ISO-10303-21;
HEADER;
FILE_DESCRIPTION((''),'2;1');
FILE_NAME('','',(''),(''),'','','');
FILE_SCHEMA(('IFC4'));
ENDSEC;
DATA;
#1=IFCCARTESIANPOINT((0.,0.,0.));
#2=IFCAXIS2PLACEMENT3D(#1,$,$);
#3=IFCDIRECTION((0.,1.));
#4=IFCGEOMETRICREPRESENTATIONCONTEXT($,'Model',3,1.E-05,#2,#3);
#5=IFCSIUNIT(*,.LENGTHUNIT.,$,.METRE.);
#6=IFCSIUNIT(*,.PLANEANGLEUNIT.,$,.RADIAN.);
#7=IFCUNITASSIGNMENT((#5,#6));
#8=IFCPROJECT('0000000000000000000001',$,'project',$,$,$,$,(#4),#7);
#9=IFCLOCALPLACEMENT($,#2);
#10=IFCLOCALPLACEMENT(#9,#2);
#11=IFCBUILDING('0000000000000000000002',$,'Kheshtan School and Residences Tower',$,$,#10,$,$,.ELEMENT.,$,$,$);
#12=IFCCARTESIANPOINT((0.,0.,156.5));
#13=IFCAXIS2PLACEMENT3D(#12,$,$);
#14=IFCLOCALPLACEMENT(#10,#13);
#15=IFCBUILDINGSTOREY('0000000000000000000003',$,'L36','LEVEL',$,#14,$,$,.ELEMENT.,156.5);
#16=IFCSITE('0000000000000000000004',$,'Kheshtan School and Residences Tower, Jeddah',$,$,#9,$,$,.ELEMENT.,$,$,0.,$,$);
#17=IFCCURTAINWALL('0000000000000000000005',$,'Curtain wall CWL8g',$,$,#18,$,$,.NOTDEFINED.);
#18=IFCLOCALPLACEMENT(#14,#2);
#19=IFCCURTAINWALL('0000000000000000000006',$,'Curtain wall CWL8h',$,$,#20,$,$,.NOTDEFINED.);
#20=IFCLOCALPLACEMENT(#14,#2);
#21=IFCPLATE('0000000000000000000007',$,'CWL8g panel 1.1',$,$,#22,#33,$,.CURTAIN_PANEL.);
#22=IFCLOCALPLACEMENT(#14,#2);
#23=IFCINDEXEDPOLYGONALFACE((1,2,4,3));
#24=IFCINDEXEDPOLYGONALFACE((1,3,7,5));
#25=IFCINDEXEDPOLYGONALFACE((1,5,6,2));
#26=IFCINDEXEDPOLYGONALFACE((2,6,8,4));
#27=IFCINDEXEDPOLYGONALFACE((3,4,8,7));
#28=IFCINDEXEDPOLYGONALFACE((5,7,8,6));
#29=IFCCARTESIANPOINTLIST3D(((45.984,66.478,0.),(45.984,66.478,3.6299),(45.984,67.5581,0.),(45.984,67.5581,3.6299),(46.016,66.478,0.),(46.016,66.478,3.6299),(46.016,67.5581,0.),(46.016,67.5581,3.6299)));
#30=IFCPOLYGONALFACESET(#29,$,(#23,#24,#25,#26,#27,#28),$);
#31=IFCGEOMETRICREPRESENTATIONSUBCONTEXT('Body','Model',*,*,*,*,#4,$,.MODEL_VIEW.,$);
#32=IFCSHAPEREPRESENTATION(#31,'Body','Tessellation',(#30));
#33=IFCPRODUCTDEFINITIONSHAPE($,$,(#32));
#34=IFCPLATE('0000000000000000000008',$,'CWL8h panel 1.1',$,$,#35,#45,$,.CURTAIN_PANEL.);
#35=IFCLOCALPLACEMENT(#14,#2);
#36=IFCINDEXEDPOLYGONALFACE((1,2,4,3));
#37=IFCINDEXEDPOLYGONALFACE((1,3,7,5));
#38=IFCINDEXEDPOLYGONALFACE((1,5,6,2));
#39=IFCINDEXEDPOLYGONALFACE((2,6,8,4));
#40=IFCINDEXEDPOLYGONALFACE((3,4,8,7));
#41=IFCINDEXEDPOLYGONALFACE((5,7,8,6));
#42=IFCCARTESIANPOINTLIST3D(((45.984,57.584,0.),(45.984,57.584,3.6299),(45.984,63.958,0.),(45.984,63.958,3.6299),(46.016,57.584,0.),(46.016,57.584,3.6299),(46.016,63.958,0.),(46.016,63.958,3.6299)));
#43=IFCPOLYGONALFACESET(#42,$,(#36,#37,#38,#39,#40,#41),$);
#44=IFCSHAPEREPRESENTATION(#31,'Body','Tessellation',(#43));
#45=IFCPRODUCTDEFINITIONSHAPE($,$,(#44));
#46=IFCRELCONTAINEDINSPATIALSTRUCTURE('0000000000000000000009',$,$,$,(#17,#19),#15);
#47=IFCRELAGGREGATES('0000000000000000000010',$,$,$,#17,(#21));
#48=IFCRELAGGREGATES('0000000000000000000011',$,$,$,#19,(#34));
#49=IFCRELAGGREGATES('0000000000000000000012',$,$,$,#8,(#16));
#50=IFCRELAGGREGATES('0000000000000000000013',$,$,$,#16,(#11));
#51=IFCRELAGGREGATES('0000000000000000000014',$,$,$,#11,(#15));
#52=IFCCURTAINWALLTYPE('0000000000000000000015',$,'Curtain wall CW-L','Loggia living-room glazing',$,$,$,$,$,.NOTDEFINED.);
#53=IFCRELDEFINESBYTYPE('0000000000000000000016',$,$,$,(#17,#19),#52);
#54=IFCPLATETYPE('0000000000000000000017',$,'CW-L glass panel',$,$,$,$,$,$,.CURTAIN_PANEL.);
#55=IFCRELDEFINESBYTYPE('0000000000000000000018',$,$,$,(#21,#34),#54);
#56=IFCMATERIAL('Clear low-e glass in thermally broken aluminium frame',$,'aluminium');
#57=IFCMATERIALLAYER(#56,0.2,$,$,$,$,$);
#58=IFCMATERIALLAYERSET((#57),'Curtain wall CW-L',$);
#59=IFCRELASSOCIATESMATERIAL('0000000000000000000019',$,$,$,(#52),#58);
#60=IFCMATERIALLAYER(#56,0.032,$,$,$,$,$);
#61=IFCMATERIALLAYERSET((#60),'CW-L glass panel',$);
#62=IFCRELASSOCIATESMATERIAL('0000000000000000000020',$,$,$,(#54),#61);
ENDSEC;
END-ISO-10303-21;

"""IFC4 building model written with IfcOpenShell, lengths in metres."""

from ifc_helpers import new_model, si_unit, direction, frame, origin, origin_2d, place, context, subcontext, project, spatial, rectangle, extrude, material, layer, layer_set, type_object, element, aggregate, save


model = new_model("IFC4")

# Units and contexts
model_context = context("Model", 3, precision=1e-05, world=origin(), true_north=direction((0.0, 1.0)))
body_context = subcontext(model_context, "Body", "Model", "MODEL_VIEW")
ifc_project = project(units=[si_unit("LENGTHUNIT", "METRE"), si_unit("PLANEANGLEUNIT", "RADIAN")], contexts=[model_context])

# Site, building, storey
site_placement = place(None, origin())
site = spatial("IfcSite", under=ifc_project, at=site_placement, Name="Kheshtan School and Residences Tower, Jeddah", CompositionType="ELEMENT", RefElevation=0.0)
building_placement = place(site_placement, origin())
building = spatial("IfcBuilding", under=site, at=building_placement, Name="Kheshtan School and Residences Tower", CompositionType="ELEMENT")
storey_placement = place(building_placement, frame((0.0, 0.0, 156.5)))
storey = spatial("IfcBuildingStorey", under=building, at=storey_placement, Name="L36", Description="LEVEL", CompositionType="ELEMENT", Elevation=156.5)

# Curtain walls
ifc_material_1 = material(Name="Clear low-e glass in thermally broken aluminium frame", Category="aluminium")
ifc_layer_1 = layer(ifc_material_1, 0.2)
ifc_layer_set_1 = layer_set([ifc_layer_1], Name="Curtain wall CW-L")
curtain_wall_type = type_object("IfcCurtainWallType", Name="Curtain wall CW-L", Description="Loggia living-room glazing", PredefinedType="NOTDEFINED", material=ifc_layer_set_1)
curtain_wall_1_placement = place(storey_placement, origin())
curtain_wall_1 = element("IfcCurtainWall", 1, at=curtain_wall_1_placement, inside=storey, type_object=curtain_wall_type, Name="Curtain wall CWL8g", PredefinedType="NOTDEFINED")
curtain_wall_2_placement = place(storey_placement, origin())
curtain_wall_2 = element("IfcCurtainWall", 2, at=curtain_wall_2_placement, inside=storey, type_object=curtain_wall_type, Name="Curtain wall CWL8h", PredefinedType="NOTDEFINED")

# Plates
ifc_layer_2 = layer(ifc_material_1, 0.032)
ifc_layer_set_2 = layer_set([ifc_layer_2], Name="CW-L glass panel")
plate_type = type_object("IfcPlateType", Name="CW-L glass panel", PredefinedType="CURTAIN_PANEL", material=ifc_layer_set_2)
plate_1_placement = place(storey_placement, frame((46.0, 67.0181, 0.0), z_axis=(0.0, 0.0, 1.0), x_axis=(0.0, -1.0, 0.0)))
plate_1 = element("IfcPlate", 3, at=plate_1_placement, type_object=plate_type, Name="CWL8g panel 1.1", PredefinedType="CURTAIN_PANEL", context=body_context, shape_type="SweptSolid", body=[
    extrude(rectangle(XDim=1.0801, YDim=0.032, at=origin_2d()), origin(), (0.0, 0.0, 1.0), 3.6299),
])
aggregate(curtain_wall_1, [plate_1])
plate_2_placement = place(storey_placement, frame((46.0, 60.771, 0.0), z_axis=(0.0, 0.0, 1.0), x_axis=(0.0, -1.0, 0.0)))
plate_2 = element("IfcPlate", 4, at=plate_2_placement, type_object=plate_type, Name="CWL8h panel 1.1", PredefinedType="CURTAIN_PANEL", context=body_context, shape_type="SweptSolid", body=[
    extrude(rectangle(XDim=6.374, YDim=0.032, at=origin_2d()), origin(), (0.0, 0.0, 1.0), 3.6299),
])
aggregate(curtain_wall_2, [plate_2])

save(model, "model.ifc")
